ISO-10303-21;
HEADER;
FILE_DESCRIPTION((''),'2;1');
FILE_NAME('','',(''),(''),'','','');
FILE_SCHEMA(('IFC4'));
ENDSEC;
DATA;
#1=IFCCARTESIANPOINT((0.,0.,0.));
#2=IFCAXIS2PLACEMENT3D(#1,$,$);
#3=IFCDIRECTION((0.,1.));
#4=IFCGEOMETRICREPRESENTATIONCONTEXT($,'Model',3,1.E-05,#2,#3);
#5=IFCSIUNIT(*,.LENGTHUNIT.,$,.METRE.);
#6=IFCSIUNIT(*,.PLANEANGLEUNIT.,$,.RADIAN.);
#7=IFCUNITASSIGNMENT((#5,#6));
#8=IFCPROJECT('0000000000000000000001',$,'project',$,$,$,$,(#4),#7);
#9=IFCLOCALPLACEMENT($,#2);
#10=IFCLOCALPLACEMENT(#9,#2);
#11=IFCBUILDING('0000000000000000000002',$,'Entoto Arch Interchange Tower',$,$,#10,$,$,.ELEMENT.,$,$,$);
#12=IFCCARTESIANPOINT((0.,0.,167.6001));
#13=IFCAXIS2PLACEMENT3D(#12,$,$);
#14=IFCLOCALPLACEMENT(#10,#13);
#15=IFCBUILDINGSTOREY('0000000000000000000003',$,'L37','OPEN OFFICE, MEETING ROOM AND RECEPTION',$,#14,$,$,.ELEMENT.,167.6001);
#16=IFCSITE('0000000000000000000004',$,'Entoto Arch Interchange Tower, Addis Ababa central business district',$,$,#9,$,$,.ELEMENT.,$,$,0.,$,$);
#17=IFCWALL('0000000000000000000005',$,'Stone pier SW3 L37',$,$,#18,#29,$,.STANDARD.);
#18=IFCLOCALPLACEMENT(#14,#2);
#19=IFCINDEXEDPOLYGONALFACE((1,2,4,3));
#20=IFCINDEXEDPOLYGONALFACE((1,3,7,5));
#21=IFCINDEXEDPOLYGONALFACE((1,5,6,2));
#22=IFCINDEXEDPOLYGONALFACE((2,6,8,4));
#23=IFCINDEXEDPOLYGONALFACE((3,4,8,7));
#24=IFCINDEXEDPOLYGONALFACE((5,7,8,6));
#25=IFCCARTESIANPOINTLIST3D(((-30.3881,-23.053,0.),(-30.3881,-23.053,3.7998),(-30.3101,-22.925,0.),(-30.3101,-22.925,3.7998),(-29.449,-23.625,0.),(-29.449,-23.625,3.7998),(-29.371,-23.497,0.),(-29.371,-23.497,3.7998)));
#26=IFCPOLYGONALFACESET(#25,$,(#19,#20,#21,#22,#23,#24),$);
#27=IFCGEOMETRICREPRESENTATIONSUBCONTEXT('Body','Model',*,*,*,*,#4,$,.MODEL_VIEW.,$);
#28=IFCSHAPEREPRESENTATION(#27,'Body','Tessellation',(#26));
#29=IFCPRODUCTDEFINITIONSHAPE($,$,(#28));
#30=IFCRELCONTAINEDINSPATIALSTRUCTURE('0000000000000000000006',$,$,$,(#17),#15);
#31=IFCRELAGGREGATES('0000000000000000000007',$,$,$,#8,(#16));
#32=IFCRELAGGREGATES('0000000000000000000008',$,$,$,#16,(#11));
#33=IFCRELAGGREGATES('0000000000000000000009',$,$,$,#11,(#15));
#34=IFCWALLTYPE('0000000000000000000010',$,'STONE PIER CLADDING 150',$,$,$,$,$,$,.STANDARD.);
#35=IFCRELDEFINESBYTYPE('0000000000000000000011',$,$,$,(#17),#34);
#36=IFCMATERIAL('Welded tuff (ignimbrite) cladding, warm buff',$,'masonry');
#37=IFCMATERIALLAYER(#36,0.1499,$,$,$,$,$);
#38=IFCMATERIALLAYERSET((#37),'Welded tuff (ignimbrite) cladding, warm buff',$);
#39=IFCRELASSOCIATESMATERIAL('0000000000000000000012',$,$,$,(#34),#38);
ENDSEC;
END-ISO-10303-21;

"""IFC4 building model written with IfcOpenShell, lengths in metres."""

from ifc_helpers import new_model, si_unit, direction, frame, frame_2d, origin, place, context, subcontext, project, spatial, rectangle, extrude, material, layer, layer_set, type_object, element, save


model = new_model("IFC4")

# Units and contexts
model_context = context("Model", 3, precision=1e-05, world=origin(), true_north=direction((0.0, 1.0)))
body_context = subcontext(model_context, "Body", "Model", "MODEL_VIEW")
ifc_project = project(units=[si_unit("LENGTHUNIT", "METRE"), si_unit("PLANEANGLEUNIT", "RADIAN")], contexts=[model_context])

# Site, building, storey
site_placement = place(None, origin())
site = spatial("IfcSite", under=ifc_project, at=site_placement, Name="Entoto Arch Interchange Tower, Addis Ababa central business district", CompositionType="ELEMENT", RefElevation=0.0)
building_placement = place(site_placement, origin())
building = spatial("IfcBuilding", under=site, at=building_placement, Name="Entoto Arch Interchange Tower", CompositionType="ELEMENT")
storey_placement = place(building_placement, frame((0.0, 0.0, 167.6001)))
storey = spatial("IfcBuildingStorey", under=building, at=storey_placement, Name="L37", Description="OPEN OFFICE, MEETING ROOM AND RECEPTION", CompositionType="ELEMENT", Elevation=167.6001)

# Shared definitions
ifc_material_1 = material(Name="Welded tuff (ignimbrite) cladding, warm buff", Category="masonry")

# Wall
ifc_layer_1 = layer(ifc_material_1, 0.1499)
ifc_layer_set_1 = layer_set([ifc_layer_1], Name="Welded tuff (ignimbrite) cladding, warm buff")
wall_type_1 = type_object("IfcWallType", Name="STONE PIER CLADDING 150", PredefinedType="STANDARD", material=ifc_layer_set_1)
wall_1_placement = place(storey_placement, frame((-30.3491, -22.989, 0.0), z_axis=(0.0, 0.0, 1.0), x_axis=(0.854066, -0.520165, 0.0)))
element("IfcWall", 1, at=wall_1_placement, inside=storey, type_object=wall_type_1, Name="Stone pier SW3 L37", PredefinedType="STANDARD", context=body_context, shape_type="SweptSolid", body=[
    extrude(rectangle(XDim=1.0996, YDim=0.1499, at=frame_2d((0.5498, 0.0))), origin(), (0.0, 0.0, 1.0), 3.7998),
])

save(model, "model.ifc")
